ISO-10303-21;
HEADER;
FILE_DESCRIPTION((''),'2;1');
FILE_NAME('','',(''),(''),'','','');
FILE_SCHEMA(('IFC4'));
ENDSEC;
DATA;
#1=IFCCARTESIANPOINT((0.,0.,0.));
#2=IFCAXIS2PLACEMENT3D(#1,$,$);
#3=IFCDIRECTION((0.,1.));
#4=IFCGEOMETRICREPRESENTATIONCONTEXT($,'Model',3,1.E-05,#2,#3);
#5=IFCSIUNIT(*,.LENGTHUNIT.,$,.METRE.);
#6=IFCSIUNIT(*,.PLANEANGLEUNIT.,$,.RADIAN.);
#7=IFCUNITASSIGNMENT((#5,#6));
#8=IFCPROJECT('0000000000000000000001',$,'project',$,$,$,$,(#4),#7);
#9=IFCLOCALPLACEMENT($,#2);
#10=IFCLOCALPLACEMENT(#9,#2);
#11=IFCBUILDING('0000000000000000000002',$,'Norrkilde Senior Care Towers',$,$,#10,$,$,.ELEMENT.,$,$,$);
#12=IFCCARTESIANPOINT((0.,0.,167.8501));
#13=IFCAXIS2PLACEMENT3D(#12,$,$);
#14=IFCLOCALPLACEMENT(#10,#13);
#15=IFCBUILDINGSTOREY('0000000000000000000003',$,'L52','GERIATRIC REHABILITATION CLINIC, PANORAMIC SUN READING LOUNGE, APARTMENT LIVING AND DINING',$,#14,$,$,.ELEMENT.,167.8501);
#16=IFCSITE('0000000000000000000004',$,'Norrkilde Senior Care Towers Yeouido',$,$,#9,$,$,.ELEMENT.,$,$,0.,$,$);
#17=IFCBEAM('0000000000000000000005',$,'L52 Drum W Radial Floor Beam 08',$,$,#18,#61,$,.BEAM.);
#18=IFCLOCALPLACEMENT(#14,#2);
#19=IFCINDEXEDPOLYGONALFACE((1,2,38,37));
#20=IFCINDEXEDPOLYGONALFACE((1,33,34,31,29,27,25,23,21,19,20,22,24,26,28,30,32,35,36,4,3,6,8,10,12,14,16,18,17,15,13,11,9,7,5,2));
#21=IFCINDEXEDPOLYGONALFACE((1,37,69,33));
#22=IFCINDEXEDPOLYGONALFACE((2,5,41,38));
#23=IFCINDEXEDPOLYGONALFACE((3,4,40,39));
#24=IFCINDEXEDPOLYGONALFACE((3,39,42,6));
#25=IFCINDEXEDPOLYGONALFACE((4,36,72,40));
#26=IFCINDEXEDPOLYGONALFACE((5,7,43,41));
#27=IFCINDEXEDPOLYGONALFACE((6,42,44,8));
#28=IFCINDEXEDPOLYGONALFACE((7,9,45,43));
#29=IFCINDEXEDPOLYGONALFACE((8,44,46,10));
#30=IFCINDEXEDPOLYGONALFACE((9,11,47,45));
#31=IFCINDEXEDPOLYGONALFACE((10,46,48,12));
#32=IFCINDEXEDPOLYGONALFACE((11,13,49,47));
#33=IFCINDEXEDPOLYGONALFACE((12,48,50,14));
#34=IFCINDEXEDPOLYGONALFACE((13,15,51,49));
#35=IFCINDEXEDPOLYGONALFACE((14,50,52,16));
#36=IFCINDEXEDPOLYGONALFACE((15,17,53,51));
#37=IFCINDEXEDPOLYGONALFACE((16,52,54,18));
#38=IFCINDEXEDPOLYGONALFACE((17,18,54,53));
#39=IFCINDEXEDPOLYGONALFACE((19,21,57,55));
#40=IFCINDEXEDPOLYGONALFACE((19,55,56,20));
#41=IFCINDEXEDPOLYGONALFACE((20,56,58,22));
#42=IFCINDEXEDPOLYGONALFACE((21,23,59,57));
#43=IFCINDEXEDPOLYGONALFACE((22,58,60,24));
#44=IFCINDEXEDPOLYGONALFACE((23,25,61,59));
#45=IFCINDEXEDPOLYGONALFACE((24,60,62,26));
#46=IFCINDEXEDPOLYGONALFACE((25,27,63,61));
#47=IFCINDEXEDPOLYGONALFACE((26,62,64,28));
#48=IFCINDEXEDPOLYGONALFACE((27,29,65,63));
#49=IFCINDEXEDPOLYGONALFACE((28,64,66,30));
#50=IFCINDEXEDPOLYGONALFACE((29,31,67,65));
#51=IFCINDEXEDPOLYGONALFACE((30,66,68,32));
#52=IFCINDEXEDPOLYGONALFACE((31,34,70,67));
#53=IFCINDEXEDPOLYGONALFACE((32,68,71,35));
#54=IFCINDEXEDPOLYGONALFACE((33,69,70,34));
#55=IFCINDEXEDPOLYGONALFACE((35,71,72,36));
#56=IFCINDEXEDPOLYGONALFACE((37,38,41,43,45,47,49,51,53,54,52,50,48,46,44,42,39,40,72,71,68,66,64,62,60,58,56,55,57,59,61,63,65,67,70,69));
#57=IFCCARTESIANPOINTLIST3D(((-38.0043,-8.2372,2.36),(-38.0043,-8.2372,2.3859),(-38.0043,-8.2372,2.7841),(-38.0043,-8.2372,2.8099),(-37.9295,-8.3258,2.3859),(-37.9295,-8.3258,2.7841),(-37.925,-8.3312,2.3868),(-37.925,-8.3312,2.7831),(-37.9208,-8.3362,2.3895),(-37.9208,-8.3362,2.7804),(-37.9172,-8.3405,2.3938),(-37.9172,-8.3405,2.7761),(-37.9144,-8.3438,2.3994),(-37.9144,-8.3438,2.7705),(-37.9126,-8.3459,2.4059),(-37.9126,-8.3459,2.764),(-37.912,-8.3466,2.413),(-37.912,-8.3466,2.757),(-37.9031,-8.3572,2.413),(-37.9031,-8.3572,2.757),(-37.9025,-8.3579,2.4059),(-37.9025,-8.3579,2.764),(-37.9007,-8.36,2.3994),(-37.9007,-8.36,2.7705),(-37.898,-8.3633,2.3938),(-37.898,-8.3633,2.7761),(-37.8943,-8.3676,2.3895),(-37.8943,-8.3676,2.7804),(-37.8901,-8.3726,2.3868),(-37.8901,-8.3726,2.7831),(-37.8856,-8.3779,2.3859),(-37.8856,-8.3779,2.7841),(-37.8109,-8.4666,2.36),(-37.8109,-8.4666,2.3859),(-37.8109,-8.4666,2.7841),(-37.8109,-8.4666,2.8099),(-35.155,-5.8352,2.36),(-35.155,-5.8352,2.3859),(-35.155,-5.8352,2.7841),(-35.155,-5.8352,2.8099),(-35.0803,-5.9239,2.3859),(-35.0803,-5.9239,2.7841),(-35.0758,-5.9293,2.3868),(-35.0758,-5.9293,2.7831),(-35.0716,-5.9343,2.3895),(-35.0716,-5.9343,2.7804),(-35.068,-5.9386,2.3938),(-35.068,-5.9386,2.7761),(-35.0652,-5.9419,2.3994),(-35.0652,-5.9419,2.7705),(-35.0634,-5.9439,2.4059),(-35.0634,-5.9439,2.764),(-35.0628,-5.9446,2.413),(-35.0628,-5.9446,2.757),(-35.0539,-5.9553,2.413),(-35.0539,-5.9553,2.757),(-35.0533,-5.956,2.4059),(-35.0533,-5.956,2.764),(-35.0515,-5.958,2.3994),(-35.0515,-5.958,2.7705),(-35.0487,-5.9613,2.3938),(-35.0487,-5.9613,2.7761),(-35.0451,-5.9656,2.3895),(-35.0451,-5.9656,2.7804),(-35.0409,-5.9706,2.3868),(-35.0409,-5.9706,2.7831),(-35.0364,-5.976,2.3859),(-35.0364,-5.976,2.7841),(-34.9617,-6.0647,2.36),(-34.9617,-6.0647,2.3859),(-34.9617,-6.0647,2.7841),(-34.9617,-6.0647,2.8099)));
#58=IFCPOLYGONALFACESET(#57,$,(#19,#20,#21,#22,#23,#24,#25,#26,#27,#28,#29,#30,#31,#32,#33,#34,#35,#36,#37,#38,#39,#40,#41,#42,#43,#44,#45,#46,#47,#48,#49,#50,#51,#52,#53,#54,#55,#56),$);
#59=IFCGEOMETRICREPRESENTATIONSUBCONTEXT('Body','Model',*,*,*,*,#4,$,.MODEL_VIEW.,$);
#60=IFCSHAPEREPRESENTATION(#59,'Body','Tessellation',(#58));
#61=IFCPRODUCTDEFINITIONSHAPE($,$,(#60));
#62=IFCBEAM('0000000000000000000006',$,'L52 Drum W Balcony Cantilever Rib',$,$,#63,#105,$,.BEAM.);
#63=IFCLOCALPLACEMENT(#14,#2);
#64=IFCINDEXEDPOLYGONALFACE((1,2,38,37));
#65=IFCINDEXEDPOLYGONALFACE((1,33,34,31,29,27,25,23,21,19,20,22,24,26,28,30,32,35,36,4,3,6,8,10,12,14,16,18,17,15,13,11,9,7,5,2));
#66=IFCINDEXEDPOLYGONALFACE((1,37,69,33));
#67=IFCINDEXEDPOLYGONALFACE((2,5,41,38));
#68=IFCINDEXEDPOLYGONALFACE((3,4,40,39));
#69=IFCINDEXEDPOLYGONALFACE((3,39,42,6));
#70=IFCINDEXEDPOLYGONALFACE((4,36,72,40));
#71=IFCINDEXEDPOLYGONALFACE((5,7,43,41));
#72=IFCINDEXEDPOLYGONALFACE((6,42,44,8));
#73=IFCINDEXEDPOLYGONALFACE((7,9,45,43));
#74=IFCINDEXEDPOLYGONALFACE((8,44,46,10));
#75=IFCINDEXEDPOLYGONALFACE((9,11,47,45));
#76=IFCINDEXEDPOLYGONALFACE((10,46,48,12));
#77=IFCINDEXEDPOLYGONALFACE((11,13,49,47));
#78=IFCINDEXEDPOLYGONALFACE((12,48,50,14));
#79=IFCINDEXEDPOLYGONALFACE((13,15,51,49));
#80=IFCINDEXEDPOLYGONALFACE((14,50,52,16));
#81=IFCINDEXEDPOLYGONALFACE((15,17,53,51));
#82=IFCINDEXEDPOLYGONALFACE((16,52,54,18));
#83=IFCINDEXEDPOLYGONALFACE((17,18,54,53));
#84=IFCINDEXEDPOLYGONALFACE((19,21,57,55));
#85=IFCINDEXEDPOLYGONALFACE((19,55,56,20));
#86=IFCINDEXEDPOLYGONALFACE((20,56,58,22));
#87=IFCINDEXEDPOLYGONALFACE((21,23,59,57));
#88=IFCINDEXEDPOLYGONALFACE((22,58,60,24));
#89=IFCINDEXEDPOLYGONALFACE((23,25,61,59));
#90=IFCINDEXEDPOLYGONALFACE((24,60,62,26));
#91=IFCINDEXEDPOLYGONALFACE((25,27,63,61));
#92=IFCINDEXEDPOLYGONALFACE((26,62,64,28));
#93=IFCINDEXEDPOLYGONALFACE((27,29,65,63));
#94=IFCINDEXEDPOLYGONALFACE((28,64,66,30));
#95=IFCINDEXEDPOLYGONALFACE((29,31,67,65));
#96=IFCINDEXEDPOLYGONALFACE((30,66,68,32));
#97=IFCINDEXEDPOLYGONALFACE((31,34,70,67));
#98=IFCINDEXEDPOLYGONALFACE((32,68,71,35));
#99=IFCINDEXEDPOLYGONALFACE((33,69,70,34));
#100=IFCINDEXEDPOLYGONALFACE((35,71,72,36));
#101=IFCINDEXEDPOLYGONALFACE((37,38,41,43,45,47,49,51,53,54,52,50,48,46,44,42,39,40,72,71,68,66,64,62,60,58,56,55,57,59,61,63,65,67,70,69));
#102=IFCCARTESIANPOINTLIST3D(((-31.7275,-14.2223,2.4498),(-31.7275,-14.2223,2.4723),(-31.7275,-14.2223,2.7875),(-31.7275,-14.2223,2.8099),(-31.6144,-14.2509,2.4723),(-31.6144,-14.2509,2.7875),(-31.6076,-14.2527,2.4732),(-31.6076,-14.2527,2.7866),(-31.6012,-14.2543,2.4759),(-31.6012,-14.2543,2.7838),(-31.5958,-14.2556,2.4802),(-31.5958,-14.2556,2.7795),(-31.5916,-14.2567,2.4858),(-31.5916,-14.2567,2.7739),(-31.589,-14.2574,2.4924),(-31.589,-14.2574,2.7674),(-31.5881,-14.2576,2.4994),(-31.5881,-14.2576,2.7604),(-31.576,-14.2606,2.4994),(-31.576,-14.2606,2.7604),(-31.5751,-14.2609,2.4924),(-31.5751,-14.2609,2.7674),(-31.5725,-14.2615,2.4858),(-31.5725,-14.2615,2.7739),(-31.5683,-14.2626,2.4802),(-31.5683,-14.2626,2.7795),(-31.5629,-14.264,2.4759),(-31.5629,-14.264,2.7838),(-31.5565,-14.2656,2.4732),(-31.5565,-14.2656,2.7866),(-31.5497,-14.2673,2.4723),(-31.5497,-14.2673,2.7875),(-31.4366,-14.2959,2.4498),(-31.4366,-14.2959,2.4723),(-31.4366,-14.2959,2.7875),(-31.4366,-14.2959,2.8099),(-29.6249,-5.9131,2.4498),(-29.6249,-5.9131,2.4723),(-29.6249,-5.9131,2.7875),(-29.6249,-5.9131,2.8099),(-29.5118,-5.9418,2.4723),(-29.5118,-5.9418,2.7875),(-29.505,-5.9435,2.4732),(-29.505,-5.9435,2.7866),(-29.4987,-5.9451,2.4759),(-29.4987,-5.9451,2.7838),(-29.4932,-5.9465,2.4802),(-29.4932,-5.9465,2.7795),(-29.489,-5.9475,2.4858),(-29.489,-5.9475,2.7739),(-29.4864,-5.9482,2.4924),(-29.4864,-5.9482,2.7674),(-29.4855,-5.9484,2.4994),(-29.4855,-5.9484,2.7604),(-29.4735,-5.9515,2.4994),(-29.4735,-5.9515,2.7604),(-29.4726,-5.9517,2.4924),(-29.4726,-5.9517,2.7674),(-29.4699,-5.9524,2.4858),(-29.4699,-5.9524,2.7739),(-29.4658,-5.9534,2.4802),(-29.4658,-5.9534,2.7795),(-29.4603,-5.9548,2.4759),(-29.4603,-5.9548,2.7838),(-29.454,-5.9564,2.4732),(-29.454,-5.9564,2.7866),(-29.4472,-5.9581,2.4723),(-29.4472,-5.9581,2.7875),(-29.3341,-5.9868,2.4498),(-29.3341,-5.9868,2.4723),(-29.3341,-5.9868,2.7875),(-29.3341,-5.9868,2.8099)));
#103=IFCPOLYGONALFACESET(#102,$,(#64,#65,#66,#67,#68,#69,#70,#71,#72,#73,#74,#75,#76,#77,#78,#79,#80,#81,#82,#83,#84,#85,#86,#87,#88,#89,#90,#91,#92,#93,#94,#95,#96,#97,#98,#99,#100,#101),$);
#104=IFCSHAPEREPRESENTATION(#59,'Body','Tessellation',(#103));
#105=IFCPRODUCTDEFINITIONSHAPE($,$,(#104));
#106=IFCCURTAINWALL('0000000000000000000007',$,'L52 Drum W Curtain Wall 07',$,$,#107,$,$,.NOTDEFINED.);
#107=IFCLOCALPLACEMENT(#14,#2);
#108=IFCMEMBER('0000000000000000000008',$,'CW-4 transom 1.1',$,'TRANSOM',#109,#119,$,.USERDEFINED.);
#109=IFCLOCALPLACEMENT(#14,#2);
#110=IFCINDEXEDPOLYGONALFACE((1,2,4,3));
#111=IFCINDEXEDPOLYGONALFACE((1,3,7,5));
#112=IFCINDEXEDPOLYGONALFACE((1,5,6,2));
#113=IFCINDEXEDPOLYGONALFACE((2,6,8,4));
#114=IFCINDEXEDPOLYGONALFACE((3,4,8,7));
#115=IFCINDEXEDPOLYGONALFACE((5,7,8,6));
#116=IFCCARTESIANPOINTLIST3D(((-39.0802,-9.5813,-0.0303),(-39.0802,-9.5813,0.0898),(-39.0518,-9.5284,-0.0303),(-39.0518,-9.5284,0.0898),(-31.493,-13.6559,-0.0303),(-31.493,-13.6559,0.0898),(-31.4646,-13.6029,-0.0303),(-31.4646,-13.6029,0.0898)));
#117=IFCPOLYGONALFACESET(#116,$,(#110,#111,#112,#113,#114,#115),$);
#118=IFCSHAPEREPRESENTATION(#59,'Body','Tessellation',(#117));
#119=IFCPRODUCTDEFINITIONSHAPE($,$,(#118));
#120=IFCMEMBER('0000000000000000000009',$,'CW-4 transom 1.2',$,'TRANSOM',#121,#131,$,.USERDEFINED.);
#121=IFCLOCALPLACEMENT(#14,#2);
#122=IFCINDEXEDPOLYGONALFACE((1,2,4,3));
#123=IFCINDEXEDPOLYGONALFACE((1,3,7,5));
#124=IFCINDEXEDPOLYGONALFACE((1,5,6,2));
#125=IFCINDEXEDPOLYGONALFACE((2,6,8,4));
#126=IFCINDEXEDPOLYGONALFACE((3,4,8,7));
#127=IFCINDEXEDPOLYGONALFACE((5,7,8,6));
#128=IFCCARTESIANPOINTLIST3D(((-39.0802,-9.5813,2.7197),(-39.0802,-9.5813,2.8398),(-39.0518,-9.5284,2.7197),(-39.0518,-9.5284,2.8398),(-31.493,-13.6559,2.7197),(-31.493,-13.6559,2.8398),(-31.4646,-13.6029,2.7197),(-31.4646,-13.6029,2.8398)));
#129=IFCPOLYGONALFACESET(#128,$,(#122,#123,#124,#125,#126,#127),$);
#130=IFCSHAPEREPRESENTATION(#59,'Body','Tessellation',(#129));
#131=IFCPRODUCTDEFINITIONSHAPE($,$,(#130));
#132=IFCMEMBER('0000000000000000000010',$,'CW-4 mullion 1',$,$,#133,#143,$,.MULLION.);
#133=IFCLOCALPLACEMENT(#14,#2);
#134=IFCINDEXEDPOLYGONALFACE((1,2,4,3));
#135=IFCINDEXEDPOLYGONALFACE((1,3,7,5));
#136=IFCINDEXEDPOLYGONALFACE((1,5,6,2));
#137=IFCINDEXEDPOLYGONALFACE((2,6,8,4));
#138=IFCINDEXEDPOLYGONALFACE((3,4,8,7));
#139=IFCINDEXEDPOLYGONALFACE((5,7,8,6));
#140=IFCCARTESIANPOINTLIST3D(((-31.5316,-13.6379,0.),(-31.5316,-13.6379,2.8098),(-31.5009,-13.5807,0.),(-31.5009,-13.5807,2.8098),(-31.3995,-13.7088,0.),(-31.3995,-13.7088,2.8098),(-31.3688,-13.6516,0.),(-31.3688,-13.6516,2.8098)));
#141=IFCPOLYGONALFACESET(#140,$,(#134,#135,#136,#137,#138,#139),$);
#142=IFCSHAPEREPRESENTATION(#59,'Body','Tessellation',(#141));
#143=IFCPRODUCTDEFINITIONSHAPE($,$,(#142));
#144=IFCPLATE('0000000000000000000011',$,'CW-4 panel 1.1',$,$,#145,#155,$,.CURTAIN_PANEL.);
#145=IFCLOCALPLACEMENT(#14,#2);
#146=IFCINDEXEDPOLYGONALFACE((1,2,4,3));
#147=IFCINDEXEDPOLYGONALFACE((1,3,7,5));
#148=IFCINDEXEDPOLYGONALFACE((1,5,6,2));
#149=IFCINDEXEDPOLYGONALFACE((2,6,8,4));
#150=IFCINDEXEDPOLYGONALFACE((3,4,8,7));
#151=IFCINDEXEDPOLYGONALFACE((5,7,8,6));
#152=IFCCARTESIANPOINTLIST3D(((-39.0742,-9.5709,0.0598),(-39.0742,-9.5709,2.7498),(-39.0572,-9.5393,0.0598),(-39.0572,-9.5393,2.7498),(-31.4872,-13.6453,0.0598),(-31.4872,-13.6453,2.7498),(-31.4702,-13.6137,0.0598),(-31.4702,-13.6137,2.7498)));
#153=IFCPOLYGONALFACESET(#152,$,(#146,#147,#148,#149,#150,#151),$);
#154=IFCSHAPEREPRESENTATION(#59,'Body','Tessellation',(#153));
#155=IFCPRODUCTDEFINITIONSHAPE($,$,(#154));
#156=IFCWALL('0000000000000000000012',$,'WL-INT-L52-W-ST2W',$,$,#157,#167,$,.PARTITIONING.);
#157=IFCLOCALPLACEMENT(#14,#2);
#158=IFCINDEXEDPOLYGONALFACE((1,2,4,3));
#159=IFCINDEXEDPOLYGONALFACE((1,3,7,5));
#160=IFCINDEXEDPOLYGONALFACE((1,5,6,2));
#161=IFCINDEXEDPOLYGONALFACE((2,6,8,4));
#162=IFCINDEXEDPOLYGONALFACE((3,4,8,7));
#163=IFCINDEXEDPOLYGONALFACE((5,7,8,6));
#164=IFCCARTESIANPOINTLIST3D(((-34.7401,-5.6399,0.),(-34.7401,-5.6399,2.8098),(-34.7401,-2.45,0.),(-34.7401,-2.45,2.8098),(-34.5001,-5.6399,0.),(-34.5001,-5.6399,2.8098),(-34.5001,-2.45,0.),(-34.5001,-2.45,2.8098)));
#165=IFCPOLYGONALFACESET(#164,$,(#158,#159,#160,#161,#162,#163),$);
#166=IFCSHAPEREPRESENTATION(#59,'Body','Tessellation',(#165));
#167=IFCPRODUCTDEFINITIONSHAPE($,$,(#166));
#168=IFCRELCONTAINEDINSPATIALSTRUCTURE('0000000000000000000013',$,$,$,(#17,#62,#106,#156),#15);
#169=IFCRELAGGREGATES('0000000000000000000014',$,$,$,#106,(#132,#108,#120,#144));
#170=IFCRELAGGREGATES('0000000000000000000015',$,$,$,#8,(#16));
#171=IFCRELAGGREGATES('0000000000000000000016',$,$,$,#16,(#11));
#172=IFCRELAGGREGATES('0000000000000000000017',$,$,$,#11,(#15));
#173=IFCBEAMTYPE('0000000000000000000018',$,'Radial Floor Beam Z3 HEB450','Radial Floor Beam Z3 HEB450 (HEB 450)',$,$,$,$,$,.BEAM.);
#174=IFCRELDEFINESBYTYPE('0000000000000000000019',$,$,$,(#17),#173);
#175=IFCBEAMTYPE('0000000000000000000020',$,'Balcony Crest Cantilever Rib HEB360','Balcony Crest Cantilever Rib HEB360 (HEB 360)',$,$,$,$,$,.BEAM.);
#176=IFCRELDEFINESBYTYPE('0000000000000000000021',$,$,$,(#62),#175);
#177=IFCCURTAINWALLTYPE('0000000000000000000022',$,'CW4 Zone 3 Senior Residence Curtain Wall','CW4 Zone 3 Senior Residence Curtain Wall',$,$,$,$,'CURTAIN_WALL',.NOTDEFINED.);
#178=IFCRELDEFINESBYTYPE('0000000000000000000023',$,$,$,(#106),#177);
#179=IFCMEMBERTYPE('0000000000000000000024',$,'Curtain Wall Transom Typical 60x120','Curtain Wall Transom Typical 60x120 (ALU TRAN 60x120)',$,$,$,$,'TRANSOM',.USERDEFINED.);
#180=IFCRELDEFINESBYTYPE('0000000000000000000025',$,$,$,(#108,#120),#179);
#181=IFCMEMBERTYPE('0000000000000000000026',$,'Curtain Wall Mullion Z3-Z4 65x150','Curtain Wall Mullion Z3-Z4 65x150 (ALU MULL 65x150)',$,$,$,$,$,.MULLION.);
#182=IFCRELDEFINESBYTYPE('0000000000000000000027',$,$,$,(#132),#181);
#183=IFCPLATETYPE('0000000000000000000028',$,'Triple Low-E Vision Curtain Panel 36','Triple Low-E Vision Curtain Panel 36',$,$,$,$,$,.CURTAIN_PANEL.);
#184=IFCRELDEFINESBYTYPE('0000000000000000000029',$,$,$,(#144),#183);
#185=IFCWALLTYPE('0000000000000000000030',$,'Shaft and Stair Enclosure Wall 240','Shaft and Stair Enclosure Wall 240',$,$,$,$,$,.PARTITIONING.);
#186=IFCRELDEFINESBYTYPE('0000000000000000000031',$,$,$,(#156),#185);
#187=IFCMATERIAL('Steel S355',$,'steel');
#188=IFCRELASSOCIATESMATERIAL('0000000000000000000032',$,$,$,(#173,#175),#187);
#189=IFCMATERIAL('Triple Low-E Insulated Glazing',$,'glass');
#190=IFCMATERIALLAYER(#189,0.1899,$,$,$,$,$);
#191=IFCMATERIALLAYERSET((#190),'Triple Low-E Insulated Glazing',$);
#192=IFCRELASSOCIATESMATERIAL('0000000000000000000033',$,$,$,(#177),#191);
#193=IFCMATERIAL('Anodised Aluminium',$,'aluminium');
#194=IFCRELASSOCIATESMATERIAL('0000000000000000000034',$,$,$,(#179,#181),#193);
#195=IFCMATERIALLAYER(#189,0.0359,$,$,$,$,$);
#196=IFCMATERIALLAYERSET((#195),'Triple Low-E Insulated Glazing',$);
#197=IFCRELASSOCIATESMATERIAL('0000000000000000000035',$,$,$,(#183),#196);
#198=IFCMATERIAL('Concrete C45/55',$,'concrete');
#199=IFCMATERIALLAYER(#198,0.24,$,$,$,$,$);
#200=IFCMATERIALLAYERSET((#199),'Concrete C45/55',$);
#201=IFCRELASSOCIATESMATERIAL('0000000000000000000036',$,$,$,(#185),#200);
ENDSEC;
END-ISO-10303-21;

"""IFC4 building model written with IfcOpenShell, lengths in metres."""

from ifc_helpers import new_model, si_unit, direction, frame, frame_2d, origin, origin_2d, place, context, subcontext, project, spatial, rectangle, i_section, extrude, source, transform, mapped, material, layer, layer_set, material_profile, profile_set, type_object, type_shapes, element, aggregate, save


model = new_model("IFC4")

# Units and contexts
model_context = context("Model", 3, precision=1e-05, world=origin(), true_north=direction((0.0, 1.0)))
body_context = subcontext(model_context, "Body", "Model", "MODEL_VIEW")
ifc_project = project(units=[si_unit("LENGTHUNIT", "METRE"), si_unit("PLANEANGLEUNIT", "RADIAN")], contexts=[model_context])

# Site, building, storey
site_placement = place(None, origin())
site = spatial("IfcSite", under=ifc_project, at=site_placement, Name="Norrkilde Senior Care Towers Yeouido", CompositionType="ELEMENT", RefElevation=0.0)
building_placement = place(site_placement, origin())
building = spatial("IfcBuilding", under=site, at=building_placement, Name="Norrkilde Senior Care Towers", CompositionType="ELEMENT")
storey_placement = place(building_placement, frame((0.0, 0.0, 167.8501)))
storey = spatial("IfcBuildingStorey", under=building, at=storey_placement, Name="L52", Description="GERIATRIC REHABILITATION CLINIC, PANORAMIC SUN READING LOUNGE, APARTMENT LIVING AND DINING", CompositionType="ELEMENT", Elevation=167.8501)

# Beams
ifc_material_1 = material(Name="Steel S355", Category="steel")
ifc_material_profile_1 = material_profile(ifc_material_1, i_section(OverallWidth=0.3, OverallDepth=0.45, WebThickness=0.0139, FlangeThickness=0.0259, FilletRadius=0.0271, at=origin_2d()), Name="HEB 450")
ifc_profile_set_1 = profile_set([ifc_material_profile_1], Name="Steel S355")
beam_type_1 = type_object("IfcBeamType", Name="Radial Floor Beam Z3 HEB450", Description="Radial Floor Beam Z3 HEB450 (HEB 450)", PredefinedType="BEAM", material=ifc_profile_set_1)
shared_shape_1 = source(origin(), body_context, "Body", "SweptSolid", [
    extrude(i_section(OverallWidth=0.3, OverallDepth=0.45, WebThickness=0.0139, FlangeThickness=0.0259, FilletRadius=0.0271, at=origin_2d()), origin(), (0.0, 0.0, 1.0), 3.7266),
])
beam_1_placement = place(storey_placement, frame((-35.0583, -5.95, 2.585), z_axis=(-0.764568, -0.644543, 0.0), x_axis=(0.644543, -0.764568, 0.0)))
element("IfcBeam", 1, at=beam_1_placement, inside=storey, type_object=beam_type_1, Name="L52 Drum W Radial Floor Beam 08", PredefinedType="BEAM", context=body_context, shape_type="MappedRepresentation", body=[
    mapped(shared_shape_1, transform((0.0, 0.0, 0.0), x_axis=(1.0, 0.0, 0.0), y_axis=(0.0, 1.0, 0.0), z_axis=(0.0, 0.0, 1.0), scale=1.0)),
])
ifc_material_profile_2 = material_profile(ifc_material_1, i_section(OverallWidth=0.3, OverallDepth=0.3601, WebThickness=0.0125, FlangeThickness=0.0225, FilletRadius=0.0271, at=origin_2d()), Name="HEB 360")
ifc_profile_set_2 = profile_set([ifc_material_profile_2], Name="Steel S355")
beam_type_2 = type_object("IfcBeamType", Name="Balcony Crest Cantilever Rib HEB360", Description="Balcony Crest Cantilever Rib HEB360 (HEB 360)", PredefinedType="BEAM", material=ifc_profile_set_2)
shared_shape_2 = source(origin(), body_context, "Body", "SweptSolid", [
    extrude(i_section(OverallWidth=0.3, OverallDepth=0.3601, WebThickness=0.0125, FlangeThickness=0.0225, FilletRadius=0.0271, at=origin_2d()), origin(), (0.0, 0.0, 1.0), 8.571),
])
type_shapes(beam_type_2, [shared_shape_2])
beam_2_placement = place(storey_placement, frame((-29.4795, -5.95, 2.6299), z_axis=(-0.245309, -0.969445, 0.0), x_axis=(0.969445, -0.245309, 0.0)))
element("IfcBeam", 2, at=beam_2_placement, inside=storey, type_object=beam_type_2, Name="L52 Drum W Balcony Cantilever Rib", PredefinedType="BEAM", context=body_context, shape_type="MappedRepresentation", body=[
    mapped(shared_shape_2, transform((0.0, 0.0, 0.0), x_axis=(1.0, 0.0, 0.0), y_axis=(0.0, 1.0, 0.0), z_axis=(0.0, 0.0, 1.0), scale=1.0)),
])

# Curtain wall, members, plate
ifc_material_2 = material(Name="Triple Low-E Insulated Glazing", Category="glass")
ifc_layer_1 = layer(ifc_material_2, 0.1899)
ifc_layer_set_1 = layer_set([ifc_layer_1], Name="Triple Low-E Insulated Glazing")
curtain_wall_type = type_object("IfcCurtainWallType", Name="CW4 Zone 3 Senior Residence Curtain Wall", Description="CW4 Zone 3 Senior Residence Curtain Wall", ElementType="CURTAIN_WALL", PredefinedType="NOTDEFINED", material=ifc_layer_set_1)
curtain_wall_placement = place(storey_placement, origin())
curtain_wall = element("IfcCurtainWall", 3, at=curtain_wall_placement, inside=storey, type_object=curtain_wall_type, Name="L52 Drum W Curtain Wall 07", PredefinedType="NOTDEFINED")
ifc_material_3 = material(Name="Anodised Aluminium", Category="aluminium")
ifc_material_profile_3 = material_profile(ifc_material_3, rectangle(XDim=0.0601, YDim=0.1201, at=origin_2d()), Name="ALU TRAN 60x120")
ifc_profile_set_3 = profile_set([ifc_material_profile_3], Name="Anodised Aluminium")
member_type_1 = type_object("IfcMemberType", Name="Curtain Wall Transom Typical 60x120", Description="Curtain Wall Transom Typical 60x120 (ALU TRAN 60x120)", ElementType="TRANSOM", PredefinedType="USERDEFINED", material=ifc_profile_set_3)
shared_shape_3 = source(origin(), body_context, "Body", "SweptSolid", [
    extrude(rectangle(XDim=0.0601, YDim=0.1201, at=origin_2d()), origin(), (0.0, 0.0, 1.0), 8.6121),
])
type_shapes(member_type_1, [shared_shape_3])
member_1_placement = place(storey_placement, frame((-31.4788, -13.6294, 0.0298), z_axis=(-0.881, 0.473116, 0.0), x_axis=(-0.473116, -0.881, 0.0)))
member_1 = element("IfcMember", 4, at=member_1_placement, type_object=member_type_1, Name="CW-4 transom 1.1", ObjectType="TRANSOM", PredefinedType="USERDEFINED", context=body_context, shape_type="MappedRepresentation", body=[
    mapped(shared_shape_3, transform((0.0, 0.0, 0.0), x_axis=(1.0, 0.0, 0.0), y_axis=(0.0, 1.0, 0.0), z_axis=(0.0, 0.0, 1.0), scale=1.0)),
])
member_2_placement = place(storey_placement, frame((-31.4788, -13.6294, 2.7798), z_axis=(-0.881, 0.473116, 0.0), x_axis=(-0.473116, -0.881, 0.0)))
member_2 = element("IfcMember", 5, at=member_2_placement, type_object=member_type_1, Name="CW-4 transom 1.2", ObjectType="TRANSOM", PredefinedType="USERDEFINED", context=body_context, shape_type="MappedRepresentation", body=[
    mapped(shared_shape_3, transform((0.0, 0.0, 0.0), x_axis=(1.0, 0.0, 0.0), y_axis=(0.0, 1.0, 0.0), z_axis=(0.0, 0.0, 1.0), scale=1.0)),
])
ifc_material_profile_4 = material_profile(ifc_material_3, rectangle(XDim=0.0649, YDim=0.1499, at=origin_2d()), Name="ALU MULL 65x150")
ifc_profile_set_4 = profile_set([ifc_material_profile_4], Name="Anodised Aluminium")
member_type_2 = type_object("IfcMemberType", Name="Curtain Wall Mullion Z3-Z4 65x150", Description="Curtain Wall Mullion Z3-Z4 65x150 (ALU MULL 65x150)", PredefinedType="MULLION", material=ifc_profile_set_4)
shared_shape_4 = source(origin(), body_context, "Body", "SweptSolid", [
    extrude(rectangle(XDim=0.0649, YDim=0.1499, at=origin_2d()), origin(), (0.0, 0.0, 1.0), 2.8098),
])
type_shapes(member_type_2, [shared_shape_4])
member_3_placement = place(storey_placement, frame((-31.4502, -13.6448, 0.0), z_axis=(0.0, 0.0, 1.0), x_axis=(-0.473117, -0.881, 0.0)))
member_3 = element("IfcMember", 6, at=member_3_placement, type_object=member_type_2, Name="CW-4 mullion 1", PredefinedType="MULLION", context=body_context, shape_type="MappedRepresentation", body=[
    mapped(shared_shape_4, transform((0.0, 0.0, 0.0), x_axis=(1.0, 0.0, 0.0), y_axis=(0.0, 1.0, 0.0), z_axis=(0.0, 0.0, 1.0), scale=1.0)),
])
ifc_layer_2 = layer(ifc_material_2, 0.0359)
ifc_layer_set_2 = layer_set([ifc_layer_2], Name="Triple Low-E Insulated Glazing")
plate_type = type_object("IfcPlateType", Name="Triple Low-E Vision Curtain Panel 36", Description="Triple Low-E Vision Curtain Panel 36", PredefinedType="CURTAIN_PANEL", material=ifc_layer_set_2)
shared_shape_5 = source(origin(), body_context, "Body", "SweptSolid", [
    extrude(rectangle(XDim=8.6118, YDim=0.0359, at=origin_2d()), origin(), (0.0, 0.0, 1.0), 2.6899),
])
type_shapes(plate_type, [shared_shape_5])
plate_placement = place(storey_placement, frame((-35.2722, -11.5923, 0.0598), z_axis=(0.0, 0.0, 1.0), x_axis=(-0.881, 0.473117, 0.0)))
plate = element("IfcPlate", 7, at=plate_placement, type_object=plate_type, Name="CW-4 panel 1.1", PredefinedType="CURTAIN_PANEL", context=body_context, shape_type="MappedRepresentation", body=[
    mapped(shared_shape_5, transform((0.0, 0.0, 0.0), x_axis=(1.0, 0.0, 0.0), y_axis=(0.0, 1.0, 0.0), z_axis=(0.0, 0.0, 1.0), scale=1.0)),
])
aggregate(curtain_wall, [member_3, member_1, member_2, plate])

# Shared definitions
ifc_material_4 = material(Name="Concrete C45/55", Category="concrete")
ifc_layer_3 = layer(ifc_material_4, 0.24)
ifc_layer_set_3 = layer_set([ifc_layer_3], Name="Concrete C45/55")
wall_type_1 = type_object("IfcWallType", Name="Shaft and Stair Enclosure Wall 240", Description="Shaft and Stair Enclosure Wall 240", PredefinedType="PARTITIONING", material=ifc_layer_set_3)

# Wall
shared_shape_6 = source(origin(), body_context, "Body", "SweptSolid", [
    extrude(rectangle(XDim=3.1899, YDim=0.24, at=frame_2d((1.595, 0.0))), origin(), (0.0, 0.0, 1.0), 2.8098),
])
wall_1_placement = place(storey_placement, frame((-34.6201, -5.6399, 0.0), z_axis=(0.0, 0.0, 1.0), x_axis=(0.0, 1.0, 0.0)))
element("IfcWall", 8, at=wall_1_placement, inside=storey, type_object=wall_type_1, Name="WL-INT-L52-W-ST2W", PredefinedType="PARTITIONING", context=body_context, shape_type="MappedRepresentation", body=[
    mapped(shared_shape_6, transform((0.0, 0.0, 0.0), x_axis=(1.0, 0.0, 0.0), y_axis=(0.0, 1.0, 0.0), z_axis=(0.0, 0.0, 1.0), scale=1.0)),
])

save(model, "model.ifc")
